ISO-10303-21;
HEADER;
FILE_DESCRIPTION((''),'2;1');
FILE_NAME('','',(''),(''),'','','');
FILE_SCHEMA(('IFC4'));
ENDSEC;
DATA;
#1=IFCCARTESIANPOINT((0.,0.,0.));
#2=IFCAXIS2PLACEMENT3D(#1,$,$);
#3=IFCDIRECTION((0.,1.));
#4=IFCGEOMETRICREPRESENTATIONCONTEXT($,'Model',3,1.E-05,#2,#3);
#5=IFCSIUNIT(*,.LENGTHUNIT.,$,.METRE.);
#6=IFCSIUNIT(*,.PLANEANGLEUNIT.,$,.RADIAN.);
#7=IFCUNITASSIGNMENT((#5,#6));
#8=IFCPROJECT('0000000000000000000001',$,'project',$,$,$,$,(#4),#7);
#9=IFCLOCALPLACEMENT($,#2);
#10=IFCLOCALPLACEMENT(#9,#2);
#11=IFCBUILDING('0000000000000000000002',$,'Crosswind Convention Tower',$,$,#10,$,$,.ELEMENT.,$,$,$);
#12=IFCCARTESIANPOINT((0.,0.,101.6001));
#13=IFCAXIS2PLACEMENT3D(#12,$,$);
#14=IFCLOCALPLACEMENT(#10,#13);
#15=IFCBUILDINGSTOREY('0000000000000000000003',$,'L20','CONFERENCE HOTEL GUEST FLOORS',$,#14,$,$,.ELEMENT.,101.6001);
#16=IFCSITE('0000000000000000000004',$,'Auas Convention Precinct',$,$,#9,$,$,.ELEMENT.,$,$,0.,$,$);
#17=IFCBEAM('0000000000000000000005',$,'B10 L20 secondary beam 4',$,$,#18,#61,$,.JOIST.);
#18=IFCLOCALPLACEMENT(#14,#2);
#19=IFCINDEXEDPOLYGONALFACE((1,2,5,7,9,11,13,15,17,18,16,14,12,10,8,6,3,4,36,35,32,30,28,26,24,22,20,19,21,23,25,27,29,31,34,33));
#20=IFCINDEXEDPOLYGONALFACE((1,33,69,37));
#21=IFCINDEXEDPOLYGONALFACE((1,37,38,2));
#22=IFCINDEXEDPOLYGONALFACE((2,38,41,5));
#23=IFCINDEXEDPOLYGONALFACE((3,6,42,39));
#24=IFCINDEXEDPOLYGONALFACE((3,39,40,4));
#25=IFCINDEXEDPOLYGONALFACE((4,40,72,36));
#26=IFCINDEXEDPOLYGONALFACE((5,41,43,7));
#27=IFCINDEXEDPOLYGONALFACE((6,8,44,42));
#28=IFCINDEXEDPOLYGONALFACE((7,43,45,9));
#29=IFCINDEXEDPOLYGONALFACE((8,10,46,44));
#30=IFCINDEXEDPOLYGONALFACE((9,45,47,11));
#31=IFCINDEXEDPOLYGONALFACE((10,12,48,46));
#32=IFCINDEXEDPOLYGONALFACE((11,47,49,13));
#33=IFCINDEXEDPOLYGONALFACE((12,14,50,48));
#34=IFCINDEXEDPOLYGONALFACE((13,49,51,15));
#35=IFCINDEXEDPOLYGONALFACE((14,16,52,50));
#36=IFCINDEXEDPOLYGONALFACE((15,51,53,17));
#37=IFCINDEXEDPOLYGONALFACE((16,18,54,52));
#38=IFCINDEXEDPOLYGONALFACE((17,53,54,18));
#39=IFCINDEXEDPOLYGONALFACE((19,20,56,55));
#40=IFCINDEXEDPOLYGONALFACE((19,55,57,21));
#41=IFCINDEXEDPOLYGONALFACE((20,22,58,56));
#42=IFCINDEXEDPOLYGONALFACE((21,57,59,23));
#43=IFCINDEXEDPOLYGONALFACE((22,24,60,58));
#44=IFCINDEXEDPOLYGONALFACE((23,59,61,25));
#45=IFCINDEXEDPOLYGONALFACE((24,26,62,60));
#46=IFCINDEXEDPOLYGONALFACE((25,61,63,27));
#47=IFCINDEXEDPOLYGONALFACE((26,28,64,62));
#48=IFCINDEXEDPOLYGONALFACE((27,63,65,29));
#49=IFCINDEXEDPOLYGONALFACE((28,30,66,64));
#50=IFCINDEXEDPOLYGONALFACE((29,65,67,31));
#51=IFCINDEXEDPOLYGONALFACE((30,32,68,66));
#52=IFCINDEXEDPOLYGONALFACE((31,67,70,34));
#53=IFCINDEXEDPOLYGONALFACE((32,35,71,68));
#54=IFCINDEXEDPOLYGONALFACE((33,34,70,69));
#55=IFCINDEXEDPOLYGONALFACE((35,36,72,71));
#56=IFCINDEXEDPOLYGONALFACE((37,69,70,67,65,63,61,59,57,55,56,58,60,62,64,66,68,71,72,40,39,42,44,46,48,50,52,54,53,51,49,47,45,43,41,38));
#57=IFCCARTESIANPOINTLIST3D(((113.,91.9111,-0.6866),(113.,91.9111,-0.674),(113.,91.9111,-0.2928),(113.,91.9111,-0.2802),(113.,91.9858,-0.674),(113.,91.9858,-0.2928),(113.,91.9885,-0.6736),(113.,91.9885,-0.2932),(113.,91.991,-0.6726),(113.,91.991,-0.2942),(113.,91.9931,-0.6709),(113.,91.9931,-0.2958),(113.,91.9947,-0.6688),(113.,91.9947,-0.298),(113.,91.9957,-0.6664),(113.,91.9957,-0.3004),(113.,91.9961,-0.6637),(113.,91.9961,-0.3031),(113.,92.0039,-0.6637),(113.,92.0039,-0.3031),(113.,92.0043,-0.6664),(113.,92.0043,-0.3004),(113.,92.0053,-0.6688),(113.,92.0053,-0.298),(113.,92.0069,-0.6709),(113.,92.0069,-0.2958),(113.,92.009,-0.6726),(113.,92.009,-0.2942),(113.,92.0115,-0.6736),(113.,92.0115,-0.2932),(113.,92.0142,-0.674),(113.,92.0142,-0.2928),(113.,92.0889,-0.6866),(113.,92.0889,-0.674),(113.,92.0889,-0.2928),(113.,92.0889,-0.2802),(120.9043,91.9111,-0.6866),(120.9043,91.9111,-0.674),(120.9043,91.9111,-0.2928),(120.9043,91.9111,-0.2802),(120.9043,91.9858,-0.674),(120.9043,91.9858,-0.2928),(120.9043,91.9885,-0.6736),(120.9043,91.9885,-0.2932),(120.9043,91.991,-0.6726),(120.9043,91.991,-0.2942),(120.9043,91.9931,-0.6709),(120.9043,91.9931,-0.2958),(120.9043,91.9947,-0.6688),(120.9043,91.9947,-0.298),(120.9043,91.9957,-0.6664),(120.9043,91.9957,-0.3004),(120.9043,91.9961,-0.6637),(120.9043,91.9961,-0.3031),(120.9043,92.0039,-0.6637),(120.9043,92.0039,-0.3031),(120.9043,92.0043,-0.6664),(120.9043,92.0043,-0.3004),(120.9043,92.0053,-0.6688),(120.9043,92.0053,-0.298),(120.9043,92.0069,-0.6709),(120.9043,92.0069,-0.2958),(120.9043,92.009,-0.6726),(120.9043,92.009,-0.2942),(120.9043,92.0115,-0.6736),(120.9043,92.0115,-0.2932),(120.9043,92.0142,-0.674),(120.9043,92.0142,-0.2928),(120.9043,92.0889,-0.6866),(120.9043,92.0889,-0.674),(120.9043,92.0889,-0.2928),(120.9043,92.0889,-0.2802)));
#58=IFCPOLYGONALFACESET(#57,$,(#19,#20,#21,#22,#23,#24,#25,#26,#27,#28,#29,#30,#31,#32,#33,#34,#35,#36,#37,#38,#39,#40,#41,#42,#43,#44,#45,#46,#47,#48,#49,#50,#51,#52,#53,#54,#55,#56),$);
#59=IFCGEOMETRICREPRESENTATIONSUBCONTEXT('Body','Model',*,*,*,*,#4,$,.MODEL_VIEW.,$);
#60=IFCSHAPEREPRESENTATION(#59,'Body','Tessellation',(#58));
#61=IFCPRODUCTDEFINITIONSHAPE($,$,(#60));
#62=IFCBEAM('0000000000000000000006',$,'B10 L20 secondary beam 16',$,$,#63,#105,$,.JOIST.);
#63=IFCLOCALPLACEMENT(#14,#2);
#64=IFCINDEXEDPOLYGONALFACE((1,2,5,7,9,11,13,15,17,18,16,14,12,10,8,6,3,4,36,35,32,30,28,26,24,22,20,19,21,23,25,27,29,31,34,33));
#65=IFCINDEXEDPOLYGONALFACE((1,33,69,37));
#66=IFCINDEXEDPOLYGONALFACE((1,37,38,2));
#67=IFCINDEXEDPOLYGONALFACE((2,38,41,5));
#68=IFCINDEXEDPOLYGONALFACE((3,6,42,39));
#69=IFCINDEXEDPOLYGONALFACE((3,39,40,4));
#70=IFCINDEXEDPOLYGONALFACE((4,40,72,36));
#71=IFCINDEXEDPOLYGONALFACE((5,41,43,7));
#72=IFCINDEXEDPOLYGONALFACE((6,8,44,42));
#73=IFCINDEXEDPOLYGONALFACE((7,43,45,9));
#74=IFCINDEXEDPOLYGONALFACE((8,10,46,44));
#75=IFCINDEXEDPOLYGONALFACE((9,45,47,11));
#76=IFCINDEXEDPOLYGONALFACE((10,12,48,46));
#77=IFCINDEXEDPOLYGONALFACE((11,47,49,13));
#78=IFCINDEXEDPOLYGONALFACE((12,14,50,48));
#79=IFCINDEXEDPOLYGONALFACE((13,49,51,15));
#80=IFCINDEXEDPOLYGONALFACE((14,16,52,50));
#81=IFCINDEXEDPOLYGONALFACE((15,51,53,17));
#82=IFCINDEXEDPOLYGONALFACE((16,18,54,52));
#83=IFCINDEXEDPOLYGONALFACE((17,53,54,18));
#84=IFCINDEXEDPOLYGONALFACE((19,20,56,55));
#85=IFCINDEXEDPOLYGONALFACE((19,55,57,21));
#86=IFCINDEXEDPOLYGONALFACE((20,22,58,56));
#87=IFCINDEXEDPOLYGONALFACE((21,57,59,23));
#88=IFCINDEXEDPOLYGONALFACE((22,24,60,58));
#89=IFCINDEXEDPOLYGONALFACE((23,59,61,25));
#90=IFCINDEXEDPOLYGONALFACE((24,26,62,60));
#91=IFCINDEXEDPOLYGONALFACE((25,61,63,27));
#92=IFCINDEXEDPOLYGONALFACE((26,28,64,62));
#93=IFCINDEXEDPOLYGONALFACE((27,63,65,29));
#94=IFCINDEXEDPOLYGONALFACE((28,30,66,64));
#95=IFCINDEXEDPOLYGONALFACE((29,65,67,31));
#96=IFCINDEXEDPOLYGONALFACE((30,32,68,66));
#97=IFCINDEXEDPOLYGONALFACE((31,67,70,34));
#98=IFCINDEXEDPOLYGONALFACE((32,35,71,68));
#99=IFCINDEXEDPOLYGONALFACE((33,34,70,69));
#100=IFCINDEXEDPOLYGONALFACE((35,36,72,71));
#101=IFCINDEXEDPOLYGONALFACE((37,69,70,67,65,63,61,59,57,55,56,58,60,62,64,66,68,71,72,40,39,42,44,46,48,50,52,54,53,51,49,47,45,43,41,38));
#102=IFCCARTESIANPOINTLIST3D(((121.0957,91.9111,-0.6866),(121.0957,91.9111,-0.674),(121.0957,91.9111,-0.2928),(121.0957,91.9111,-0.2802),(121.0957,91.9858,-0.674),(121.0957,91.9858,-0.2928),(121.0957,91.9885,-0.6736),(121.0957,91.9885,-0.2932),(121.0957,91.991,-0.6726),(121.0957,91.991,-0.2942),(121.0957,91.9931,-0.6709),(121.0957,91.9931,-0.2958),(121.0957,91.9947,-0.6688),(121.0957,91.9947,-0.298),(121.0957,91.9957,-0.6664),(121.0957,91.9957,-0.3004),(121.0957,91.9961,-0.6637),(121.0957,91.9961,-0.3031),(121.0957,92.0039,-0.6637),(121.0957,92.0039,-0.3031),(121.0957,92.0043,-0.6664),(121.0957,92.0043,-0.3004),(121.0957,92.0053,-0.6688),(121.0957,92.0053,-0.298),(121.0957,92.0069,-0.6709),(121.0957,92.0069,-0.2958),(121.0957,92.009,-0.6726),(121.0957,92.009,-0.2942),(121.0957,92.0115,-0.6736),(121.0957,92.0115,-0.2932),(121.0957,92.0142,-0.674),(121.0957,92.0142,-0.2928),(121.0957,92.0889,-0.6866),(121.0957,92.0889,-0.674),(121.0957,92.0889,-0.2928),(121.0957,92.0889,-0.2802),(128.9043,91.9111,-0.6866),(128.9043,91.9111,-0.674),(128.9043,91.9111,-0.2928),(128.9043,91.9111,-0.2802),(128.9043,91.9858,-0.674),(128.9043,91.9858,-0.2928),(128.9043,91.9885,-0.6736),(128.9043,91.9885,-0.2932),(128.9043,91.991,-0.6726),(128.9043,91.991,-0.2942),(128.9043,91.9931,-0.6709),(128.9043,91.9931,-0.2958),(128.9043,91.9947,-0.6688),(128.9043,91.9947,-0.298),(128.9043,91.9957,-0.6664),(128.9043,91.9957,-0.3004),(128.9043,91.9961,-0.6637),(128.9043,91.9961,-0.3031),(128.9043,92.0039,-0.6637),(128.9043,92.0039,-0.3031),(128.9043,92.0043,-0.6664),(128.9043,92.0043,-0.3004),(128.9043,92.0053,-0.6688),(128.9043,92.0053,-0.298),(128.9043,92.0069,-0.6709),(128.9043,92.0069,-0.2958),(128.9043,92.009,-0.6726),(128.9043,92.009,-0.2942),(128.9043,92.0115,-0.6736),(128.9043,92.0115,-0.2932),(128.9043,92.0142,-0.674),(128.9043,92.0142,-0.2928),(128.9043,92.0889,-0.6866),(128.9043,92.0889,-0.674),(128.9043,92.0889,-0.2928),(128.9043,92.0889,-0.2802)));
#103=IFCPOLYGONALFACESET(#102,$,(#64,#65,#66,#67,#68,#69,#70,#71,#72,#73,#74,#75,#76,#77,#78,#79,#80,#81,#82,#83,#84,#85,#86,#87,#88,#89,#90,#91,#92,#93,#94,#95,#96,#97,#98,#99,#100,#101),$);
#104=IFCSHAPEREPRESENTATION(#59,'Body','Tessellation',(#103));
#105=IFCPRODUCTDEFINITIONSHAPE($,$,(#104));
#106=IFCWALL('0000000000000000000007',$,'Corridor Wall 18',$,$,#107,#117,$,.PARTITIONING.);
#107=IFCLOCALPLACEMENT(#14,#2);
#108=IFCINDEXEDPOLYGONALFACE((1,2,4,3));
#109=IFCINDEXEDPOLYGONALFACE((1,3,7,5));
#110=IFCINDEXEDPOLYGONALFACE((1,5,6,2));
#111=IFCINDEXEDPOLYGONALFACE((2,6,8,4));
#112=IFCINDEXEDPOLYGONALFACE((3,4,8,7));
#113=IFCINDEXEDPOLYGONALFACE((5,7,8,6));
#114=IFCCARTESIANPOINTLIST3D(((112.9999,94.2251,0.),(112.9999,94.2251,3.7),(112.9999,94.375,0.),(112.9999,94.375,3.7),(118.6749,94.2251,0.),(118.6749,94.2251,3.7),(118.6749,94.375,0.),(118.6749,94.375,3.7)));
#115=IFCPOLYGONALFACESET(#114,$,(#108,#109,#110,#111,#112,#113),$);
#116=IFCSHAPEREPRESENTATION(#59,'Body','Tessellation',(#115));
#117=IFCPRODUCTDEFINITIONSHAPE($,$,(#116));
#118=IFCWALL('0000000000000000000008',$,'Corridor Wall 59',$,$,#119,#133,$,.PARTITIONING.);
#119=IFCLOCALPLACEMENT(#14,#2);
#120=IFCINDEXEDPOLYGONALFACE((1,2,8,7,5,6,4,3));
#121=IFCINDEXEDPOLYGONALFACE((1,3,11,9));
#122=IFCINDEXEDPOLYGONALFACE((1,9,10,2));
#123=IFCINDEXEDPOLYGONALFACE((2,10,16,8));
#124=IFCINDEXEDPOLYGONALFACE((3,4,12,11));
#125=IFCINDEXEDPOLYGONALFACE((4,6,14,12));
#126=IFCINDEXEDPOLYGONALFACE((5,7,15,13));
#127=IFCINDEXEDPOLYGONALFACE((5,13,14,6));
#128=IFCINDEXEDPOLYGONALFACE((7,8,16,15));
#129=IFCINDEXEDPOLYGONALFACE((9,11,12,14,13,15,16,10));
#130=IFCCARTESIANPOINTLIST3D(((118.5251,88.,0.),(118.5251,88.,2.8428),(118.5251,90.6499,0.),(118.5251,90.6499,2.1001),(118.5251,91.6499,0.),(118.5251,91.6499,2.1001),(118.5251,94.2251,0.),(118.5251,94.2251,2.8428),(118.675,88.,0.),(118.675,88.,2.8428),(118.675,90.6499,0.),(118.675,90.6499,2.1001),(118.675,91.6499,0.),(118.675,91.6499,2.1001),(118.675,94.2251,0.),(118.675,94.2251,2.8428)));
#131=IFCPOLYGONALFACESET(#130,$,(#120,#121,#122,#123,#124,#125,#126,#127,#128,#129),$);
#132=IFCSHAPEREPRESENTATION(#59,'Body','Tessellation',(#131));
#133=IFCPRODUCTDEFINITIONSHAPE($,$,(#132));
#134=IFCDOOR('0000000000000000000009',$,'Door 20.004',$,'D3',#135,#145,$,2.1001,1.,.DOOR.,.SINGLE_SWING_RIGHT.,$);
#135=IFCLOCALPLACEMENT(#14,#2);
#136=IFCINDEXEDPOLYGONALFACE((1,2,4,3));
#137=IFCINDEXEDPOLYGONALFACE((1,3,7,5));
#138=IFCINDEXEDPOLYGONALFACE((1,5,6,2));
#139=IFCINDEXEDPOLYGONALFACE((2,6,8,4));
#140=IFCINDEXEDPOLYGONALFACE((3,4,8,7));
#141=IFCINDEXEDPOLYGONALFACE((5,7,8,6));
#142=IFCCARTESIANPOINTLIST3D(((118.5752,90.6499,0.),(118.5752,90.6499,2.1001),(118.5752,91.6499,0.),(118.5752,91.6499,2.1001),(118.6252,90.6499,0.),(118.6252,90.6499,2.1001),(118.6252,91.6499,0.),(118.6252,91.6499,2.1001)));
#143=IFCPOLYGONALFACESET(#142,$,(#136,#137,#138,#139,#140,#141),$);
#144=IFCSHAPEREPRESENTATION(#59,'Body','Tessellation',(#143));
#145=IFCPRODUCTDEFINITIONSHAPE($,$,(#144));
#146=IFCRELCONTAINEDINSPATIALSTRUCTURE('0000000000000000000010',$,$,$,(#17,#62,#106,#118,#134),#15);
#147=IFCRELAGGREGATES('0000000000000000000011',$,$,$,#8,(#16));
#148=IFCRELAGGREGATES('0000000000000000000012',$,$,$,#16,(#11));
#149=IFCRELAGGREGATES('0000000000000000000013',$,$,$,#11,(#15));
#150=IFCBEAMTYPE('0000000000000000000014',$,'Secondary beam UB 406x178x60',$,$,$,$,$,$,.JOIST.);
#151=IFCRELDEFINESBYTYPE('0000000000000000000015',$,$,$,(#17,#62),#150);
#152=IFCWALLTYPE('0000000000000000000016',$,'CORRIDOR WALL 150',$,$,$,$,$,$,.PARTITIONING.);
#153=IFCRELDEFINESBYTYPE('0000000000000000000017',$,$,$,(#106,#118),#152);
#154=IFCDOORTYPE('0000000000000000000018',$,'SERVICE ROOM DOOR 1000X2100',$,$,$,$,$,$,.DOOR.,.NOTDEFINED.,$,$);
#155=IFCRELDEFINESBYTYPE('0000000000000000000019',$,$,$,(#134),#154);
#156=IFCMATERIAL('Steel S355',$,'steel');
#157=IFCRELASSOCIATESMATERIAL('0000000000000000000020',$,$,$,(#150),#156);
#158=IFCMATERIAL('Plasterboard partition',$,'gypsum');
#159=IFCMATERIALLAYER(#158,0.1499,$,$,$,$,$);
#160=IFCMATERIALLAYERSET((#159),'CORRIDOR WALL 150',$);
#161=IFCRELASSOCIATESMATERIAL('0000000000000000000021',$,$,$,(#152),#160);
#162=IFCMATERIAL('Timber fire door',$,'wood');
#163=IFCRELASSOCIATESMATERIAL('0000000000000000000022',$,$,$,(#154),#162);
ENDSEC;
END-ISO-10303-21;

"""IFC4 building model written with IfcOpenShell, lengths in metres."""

from ifc_helpers import new_model, si_unit, direction, frame, frame_2d, origin, origin_2d, place, context, subcontext, project, spatial, rectangle, i_section, extrude, material, layer, layer_set, material_profile, profile_set, type_object, element, fill, save


model = new_model("IFC4")

# Units and contexts
model_context = context("Model", 3, precision=1e-05, world=origin(), true_north=direction((0.0, 1.0)))
body_context = subcontext(model_context, "Body", "Model", "MODEL_VIEW")
ifc_project = project(units=[si_unit("LENGTHUNIT", "METRE"), si_unit("PLANEANGLEUNIT", "RADIAN")], contexts=[model_context])

# Site, building, storey
site_placement = place(None, origin())
site = spatial("IfcSite", under=ifc_project, at=site_placement, Name="Auas Convention Precinct", CompositionType="ELEMENT", RefElevation=0.0)
building_placement = place(site_placement, origin())
building = spatial("IfcBuilding", under=site, at=building_placement, Name="Crosswind Convention Tower", CompositionType="ELEMENT")
storey_placement = place(building_placement, frame((0.0, 0.0, 101.6001)))
storey = spatial("IfcBuildingStorey", under=building, at=storey_placement, Name="L20", Description="CONFERENCE HOTEL GUEST FLOORS", CompositionType="ELEMENT", Elevation=101.6001)

# Beams
ifc_material_1 = material(Name="Steel S355", Category="steel")
ifc_material_profile_1 = material_profile(ifc_material_1, i_section(OverallWidth=0.1777, OverallDepth=0.4065, WebThickness=0.0078, FlangeThickness=0.0127, FilletRadius=0.0103, at=origin_2d()), Name="UB 406x178x60")
ifc_profile_set_1 = profile_set([ifc_material_profile_1], Name="Steel S355")
beam_type_1 = type_object("IfcBeamType", Name="Secondary beam UB 406x178x60", PredefinedType="JOIST", material=ifc_profile_set_1)
beam_1_placement = place(storey_placement, frame((113.0, 92.0, -0.4834), z_axis=(1.0, 0.0, 0.0), x_axis=(0.0, 1.0, 0.0)))
element("IfcBeam", 1, at=beam_1_placement, inside=storey, type_object=beam_type_1, Name="B10 L20 secondary beam 4", PredefinedType="JOIST", context=body_context, shape_type="SweptSolid", body=[
    extrude(i_section(OverallWidth=0.1777, OverallDepth=0.4065, WebThickness=0.0078, FlangeThickness=0.0127, FilletRadius=0.0103, at=origin_2d()), origin(), (0.0, 0.0, 1.0), 7.9043),
])
beam_2_placement = place(storey_placement, frame((121.0957, 92.0, -0.4834), z_axis=(1.0, 0.0, 0.0), x_axis=(0.0, 1.0, 0.0)))
element("IfcBeam", 2, at=beam_2_placement, inside=storey, type_object=beam_type_1, Name="B10 L20 secondary beam 16", PredefinedType="JOIST", context=body_context, shape_type="SweptSolid", body=[
    extrude(i_section(OverallWidth=0.1777, OverallDepth=0.4065, WebThickness=0.0078, FlangeThickness=0.0127, FilletRadius=0.0103, at=origin_2d()), origin(), (0.0, 0.0, 1.0), 7.8086),
])

# Wall
ifc_material_2 = material(Name="Plasterboard partition", Category="gypsum")
ifc_layer_1 = layer(ifc_material_2, 0.1499)
ifc_layer_set_1 = layer_set([ifc_layer_1], Name="CORRIDOR WALL 150")
wall_type_1 = type_object("IfcWallType", Name="CORRIDOR WALL 150", PredefinedType="PARTITIONING", material=ifc_layer_set_1)
wall_1_placement = place(storey_placement, frame((113.0, 94.3, 0.0), z_axis=(0.0, 0.0, 1.0), x_axis=(1.0, 0.0, 0.0)))
element("IfcWall", 3, at=wall_1_placement, inside=storey, type_object=wall_type_1, Name="Corridor Wall 18", PredefinedType="PARTITIONING", context=body_context, shape_type="SweptSolid", body=[
    extrude(rectangle(XDim=5.675, YDim=0.1499, at=frame_2d((2.8374, 0.0))), origin(), (0.0, 0.0, 1.0), 3.7),
])

# Wall, opening, door
wall_2_placement = place(storey_placement, frame((118.6001, 88.0, 0.0), z_axis=(0.0, 0.0, 1.0), x_axis=(0.0, 1.0, 0.0)))
wall_2 = element("IfcWall", 4, at=wall_2_placement, inside=storey, type_object=wall_type_1, Name="Corridor Wall 59", PredefinedType="PARTITIONING", context=body_context, shape_type="SweptSolid", body=[
    extrude(rectangle(XDim=6.2251, YDim=0.1499, at=frame_2d((3.1125, 0.0))), origin(), (0.0, 0.0, 1.0), 2.8428),
])
opening_1_placement = place(wall_2_placement, frame((2.6499, 0.0, 0.0)))
opening_1 = element("IfcOpeningElement", 5, at=opening_1_placement, cuts=wall_2, PredefinedType="OPENING", context=body_context, shape_type="SweptSolid", body=[
    extrude(rectangle(XDim=1.0, YDim=2.1001, at=frame_2d((0.5, 1.05))), frame((0.0, 0.085, 0.0), z_axis=(0.0, -1.0, 0.0), x_axis=(1.0, 0.0, 0.0)), (0.0, 0.0, 1.0), 0.1699),
])
ifc_material_3 = material(Name="Timber fire door", Category="wood")
door_type_1 = type_object("IfcDoorType", Name="SERVICE ROOM DOOR 1000X2100", OperationType="NOTDEFINED", PredefinedType="DOOR", material=ifc_material_3)
door_1_placement = place(opening_1_placement, origin())
door_1 = element("IfcDoor", 6, at=door_1_placement, inside=storey, type_object=door_type_1, Name="Door 20.004", ObjectType="D3", OperationType="SINGLE_SWING_RIGHT", OverallHeight=2.1001, OverallWidth=1.0, PredefinedType="DOOR", context=body_context, shape_type="SweptSolid", body=[
    extrude(rectangle(XDim=1.0, YDim=2.1001, at=frame_2d((0.5, 1.05))), frame((0.0, 0.0249, 0.0), z_axis=(0.0, -1.0, 0.0), x_axis=(1.0, 0.0, 0.0)), (0.0, 0.0, 1.0), 0.05),
])
fill(opening_1, door_1)

save(model, "model.ifc")
